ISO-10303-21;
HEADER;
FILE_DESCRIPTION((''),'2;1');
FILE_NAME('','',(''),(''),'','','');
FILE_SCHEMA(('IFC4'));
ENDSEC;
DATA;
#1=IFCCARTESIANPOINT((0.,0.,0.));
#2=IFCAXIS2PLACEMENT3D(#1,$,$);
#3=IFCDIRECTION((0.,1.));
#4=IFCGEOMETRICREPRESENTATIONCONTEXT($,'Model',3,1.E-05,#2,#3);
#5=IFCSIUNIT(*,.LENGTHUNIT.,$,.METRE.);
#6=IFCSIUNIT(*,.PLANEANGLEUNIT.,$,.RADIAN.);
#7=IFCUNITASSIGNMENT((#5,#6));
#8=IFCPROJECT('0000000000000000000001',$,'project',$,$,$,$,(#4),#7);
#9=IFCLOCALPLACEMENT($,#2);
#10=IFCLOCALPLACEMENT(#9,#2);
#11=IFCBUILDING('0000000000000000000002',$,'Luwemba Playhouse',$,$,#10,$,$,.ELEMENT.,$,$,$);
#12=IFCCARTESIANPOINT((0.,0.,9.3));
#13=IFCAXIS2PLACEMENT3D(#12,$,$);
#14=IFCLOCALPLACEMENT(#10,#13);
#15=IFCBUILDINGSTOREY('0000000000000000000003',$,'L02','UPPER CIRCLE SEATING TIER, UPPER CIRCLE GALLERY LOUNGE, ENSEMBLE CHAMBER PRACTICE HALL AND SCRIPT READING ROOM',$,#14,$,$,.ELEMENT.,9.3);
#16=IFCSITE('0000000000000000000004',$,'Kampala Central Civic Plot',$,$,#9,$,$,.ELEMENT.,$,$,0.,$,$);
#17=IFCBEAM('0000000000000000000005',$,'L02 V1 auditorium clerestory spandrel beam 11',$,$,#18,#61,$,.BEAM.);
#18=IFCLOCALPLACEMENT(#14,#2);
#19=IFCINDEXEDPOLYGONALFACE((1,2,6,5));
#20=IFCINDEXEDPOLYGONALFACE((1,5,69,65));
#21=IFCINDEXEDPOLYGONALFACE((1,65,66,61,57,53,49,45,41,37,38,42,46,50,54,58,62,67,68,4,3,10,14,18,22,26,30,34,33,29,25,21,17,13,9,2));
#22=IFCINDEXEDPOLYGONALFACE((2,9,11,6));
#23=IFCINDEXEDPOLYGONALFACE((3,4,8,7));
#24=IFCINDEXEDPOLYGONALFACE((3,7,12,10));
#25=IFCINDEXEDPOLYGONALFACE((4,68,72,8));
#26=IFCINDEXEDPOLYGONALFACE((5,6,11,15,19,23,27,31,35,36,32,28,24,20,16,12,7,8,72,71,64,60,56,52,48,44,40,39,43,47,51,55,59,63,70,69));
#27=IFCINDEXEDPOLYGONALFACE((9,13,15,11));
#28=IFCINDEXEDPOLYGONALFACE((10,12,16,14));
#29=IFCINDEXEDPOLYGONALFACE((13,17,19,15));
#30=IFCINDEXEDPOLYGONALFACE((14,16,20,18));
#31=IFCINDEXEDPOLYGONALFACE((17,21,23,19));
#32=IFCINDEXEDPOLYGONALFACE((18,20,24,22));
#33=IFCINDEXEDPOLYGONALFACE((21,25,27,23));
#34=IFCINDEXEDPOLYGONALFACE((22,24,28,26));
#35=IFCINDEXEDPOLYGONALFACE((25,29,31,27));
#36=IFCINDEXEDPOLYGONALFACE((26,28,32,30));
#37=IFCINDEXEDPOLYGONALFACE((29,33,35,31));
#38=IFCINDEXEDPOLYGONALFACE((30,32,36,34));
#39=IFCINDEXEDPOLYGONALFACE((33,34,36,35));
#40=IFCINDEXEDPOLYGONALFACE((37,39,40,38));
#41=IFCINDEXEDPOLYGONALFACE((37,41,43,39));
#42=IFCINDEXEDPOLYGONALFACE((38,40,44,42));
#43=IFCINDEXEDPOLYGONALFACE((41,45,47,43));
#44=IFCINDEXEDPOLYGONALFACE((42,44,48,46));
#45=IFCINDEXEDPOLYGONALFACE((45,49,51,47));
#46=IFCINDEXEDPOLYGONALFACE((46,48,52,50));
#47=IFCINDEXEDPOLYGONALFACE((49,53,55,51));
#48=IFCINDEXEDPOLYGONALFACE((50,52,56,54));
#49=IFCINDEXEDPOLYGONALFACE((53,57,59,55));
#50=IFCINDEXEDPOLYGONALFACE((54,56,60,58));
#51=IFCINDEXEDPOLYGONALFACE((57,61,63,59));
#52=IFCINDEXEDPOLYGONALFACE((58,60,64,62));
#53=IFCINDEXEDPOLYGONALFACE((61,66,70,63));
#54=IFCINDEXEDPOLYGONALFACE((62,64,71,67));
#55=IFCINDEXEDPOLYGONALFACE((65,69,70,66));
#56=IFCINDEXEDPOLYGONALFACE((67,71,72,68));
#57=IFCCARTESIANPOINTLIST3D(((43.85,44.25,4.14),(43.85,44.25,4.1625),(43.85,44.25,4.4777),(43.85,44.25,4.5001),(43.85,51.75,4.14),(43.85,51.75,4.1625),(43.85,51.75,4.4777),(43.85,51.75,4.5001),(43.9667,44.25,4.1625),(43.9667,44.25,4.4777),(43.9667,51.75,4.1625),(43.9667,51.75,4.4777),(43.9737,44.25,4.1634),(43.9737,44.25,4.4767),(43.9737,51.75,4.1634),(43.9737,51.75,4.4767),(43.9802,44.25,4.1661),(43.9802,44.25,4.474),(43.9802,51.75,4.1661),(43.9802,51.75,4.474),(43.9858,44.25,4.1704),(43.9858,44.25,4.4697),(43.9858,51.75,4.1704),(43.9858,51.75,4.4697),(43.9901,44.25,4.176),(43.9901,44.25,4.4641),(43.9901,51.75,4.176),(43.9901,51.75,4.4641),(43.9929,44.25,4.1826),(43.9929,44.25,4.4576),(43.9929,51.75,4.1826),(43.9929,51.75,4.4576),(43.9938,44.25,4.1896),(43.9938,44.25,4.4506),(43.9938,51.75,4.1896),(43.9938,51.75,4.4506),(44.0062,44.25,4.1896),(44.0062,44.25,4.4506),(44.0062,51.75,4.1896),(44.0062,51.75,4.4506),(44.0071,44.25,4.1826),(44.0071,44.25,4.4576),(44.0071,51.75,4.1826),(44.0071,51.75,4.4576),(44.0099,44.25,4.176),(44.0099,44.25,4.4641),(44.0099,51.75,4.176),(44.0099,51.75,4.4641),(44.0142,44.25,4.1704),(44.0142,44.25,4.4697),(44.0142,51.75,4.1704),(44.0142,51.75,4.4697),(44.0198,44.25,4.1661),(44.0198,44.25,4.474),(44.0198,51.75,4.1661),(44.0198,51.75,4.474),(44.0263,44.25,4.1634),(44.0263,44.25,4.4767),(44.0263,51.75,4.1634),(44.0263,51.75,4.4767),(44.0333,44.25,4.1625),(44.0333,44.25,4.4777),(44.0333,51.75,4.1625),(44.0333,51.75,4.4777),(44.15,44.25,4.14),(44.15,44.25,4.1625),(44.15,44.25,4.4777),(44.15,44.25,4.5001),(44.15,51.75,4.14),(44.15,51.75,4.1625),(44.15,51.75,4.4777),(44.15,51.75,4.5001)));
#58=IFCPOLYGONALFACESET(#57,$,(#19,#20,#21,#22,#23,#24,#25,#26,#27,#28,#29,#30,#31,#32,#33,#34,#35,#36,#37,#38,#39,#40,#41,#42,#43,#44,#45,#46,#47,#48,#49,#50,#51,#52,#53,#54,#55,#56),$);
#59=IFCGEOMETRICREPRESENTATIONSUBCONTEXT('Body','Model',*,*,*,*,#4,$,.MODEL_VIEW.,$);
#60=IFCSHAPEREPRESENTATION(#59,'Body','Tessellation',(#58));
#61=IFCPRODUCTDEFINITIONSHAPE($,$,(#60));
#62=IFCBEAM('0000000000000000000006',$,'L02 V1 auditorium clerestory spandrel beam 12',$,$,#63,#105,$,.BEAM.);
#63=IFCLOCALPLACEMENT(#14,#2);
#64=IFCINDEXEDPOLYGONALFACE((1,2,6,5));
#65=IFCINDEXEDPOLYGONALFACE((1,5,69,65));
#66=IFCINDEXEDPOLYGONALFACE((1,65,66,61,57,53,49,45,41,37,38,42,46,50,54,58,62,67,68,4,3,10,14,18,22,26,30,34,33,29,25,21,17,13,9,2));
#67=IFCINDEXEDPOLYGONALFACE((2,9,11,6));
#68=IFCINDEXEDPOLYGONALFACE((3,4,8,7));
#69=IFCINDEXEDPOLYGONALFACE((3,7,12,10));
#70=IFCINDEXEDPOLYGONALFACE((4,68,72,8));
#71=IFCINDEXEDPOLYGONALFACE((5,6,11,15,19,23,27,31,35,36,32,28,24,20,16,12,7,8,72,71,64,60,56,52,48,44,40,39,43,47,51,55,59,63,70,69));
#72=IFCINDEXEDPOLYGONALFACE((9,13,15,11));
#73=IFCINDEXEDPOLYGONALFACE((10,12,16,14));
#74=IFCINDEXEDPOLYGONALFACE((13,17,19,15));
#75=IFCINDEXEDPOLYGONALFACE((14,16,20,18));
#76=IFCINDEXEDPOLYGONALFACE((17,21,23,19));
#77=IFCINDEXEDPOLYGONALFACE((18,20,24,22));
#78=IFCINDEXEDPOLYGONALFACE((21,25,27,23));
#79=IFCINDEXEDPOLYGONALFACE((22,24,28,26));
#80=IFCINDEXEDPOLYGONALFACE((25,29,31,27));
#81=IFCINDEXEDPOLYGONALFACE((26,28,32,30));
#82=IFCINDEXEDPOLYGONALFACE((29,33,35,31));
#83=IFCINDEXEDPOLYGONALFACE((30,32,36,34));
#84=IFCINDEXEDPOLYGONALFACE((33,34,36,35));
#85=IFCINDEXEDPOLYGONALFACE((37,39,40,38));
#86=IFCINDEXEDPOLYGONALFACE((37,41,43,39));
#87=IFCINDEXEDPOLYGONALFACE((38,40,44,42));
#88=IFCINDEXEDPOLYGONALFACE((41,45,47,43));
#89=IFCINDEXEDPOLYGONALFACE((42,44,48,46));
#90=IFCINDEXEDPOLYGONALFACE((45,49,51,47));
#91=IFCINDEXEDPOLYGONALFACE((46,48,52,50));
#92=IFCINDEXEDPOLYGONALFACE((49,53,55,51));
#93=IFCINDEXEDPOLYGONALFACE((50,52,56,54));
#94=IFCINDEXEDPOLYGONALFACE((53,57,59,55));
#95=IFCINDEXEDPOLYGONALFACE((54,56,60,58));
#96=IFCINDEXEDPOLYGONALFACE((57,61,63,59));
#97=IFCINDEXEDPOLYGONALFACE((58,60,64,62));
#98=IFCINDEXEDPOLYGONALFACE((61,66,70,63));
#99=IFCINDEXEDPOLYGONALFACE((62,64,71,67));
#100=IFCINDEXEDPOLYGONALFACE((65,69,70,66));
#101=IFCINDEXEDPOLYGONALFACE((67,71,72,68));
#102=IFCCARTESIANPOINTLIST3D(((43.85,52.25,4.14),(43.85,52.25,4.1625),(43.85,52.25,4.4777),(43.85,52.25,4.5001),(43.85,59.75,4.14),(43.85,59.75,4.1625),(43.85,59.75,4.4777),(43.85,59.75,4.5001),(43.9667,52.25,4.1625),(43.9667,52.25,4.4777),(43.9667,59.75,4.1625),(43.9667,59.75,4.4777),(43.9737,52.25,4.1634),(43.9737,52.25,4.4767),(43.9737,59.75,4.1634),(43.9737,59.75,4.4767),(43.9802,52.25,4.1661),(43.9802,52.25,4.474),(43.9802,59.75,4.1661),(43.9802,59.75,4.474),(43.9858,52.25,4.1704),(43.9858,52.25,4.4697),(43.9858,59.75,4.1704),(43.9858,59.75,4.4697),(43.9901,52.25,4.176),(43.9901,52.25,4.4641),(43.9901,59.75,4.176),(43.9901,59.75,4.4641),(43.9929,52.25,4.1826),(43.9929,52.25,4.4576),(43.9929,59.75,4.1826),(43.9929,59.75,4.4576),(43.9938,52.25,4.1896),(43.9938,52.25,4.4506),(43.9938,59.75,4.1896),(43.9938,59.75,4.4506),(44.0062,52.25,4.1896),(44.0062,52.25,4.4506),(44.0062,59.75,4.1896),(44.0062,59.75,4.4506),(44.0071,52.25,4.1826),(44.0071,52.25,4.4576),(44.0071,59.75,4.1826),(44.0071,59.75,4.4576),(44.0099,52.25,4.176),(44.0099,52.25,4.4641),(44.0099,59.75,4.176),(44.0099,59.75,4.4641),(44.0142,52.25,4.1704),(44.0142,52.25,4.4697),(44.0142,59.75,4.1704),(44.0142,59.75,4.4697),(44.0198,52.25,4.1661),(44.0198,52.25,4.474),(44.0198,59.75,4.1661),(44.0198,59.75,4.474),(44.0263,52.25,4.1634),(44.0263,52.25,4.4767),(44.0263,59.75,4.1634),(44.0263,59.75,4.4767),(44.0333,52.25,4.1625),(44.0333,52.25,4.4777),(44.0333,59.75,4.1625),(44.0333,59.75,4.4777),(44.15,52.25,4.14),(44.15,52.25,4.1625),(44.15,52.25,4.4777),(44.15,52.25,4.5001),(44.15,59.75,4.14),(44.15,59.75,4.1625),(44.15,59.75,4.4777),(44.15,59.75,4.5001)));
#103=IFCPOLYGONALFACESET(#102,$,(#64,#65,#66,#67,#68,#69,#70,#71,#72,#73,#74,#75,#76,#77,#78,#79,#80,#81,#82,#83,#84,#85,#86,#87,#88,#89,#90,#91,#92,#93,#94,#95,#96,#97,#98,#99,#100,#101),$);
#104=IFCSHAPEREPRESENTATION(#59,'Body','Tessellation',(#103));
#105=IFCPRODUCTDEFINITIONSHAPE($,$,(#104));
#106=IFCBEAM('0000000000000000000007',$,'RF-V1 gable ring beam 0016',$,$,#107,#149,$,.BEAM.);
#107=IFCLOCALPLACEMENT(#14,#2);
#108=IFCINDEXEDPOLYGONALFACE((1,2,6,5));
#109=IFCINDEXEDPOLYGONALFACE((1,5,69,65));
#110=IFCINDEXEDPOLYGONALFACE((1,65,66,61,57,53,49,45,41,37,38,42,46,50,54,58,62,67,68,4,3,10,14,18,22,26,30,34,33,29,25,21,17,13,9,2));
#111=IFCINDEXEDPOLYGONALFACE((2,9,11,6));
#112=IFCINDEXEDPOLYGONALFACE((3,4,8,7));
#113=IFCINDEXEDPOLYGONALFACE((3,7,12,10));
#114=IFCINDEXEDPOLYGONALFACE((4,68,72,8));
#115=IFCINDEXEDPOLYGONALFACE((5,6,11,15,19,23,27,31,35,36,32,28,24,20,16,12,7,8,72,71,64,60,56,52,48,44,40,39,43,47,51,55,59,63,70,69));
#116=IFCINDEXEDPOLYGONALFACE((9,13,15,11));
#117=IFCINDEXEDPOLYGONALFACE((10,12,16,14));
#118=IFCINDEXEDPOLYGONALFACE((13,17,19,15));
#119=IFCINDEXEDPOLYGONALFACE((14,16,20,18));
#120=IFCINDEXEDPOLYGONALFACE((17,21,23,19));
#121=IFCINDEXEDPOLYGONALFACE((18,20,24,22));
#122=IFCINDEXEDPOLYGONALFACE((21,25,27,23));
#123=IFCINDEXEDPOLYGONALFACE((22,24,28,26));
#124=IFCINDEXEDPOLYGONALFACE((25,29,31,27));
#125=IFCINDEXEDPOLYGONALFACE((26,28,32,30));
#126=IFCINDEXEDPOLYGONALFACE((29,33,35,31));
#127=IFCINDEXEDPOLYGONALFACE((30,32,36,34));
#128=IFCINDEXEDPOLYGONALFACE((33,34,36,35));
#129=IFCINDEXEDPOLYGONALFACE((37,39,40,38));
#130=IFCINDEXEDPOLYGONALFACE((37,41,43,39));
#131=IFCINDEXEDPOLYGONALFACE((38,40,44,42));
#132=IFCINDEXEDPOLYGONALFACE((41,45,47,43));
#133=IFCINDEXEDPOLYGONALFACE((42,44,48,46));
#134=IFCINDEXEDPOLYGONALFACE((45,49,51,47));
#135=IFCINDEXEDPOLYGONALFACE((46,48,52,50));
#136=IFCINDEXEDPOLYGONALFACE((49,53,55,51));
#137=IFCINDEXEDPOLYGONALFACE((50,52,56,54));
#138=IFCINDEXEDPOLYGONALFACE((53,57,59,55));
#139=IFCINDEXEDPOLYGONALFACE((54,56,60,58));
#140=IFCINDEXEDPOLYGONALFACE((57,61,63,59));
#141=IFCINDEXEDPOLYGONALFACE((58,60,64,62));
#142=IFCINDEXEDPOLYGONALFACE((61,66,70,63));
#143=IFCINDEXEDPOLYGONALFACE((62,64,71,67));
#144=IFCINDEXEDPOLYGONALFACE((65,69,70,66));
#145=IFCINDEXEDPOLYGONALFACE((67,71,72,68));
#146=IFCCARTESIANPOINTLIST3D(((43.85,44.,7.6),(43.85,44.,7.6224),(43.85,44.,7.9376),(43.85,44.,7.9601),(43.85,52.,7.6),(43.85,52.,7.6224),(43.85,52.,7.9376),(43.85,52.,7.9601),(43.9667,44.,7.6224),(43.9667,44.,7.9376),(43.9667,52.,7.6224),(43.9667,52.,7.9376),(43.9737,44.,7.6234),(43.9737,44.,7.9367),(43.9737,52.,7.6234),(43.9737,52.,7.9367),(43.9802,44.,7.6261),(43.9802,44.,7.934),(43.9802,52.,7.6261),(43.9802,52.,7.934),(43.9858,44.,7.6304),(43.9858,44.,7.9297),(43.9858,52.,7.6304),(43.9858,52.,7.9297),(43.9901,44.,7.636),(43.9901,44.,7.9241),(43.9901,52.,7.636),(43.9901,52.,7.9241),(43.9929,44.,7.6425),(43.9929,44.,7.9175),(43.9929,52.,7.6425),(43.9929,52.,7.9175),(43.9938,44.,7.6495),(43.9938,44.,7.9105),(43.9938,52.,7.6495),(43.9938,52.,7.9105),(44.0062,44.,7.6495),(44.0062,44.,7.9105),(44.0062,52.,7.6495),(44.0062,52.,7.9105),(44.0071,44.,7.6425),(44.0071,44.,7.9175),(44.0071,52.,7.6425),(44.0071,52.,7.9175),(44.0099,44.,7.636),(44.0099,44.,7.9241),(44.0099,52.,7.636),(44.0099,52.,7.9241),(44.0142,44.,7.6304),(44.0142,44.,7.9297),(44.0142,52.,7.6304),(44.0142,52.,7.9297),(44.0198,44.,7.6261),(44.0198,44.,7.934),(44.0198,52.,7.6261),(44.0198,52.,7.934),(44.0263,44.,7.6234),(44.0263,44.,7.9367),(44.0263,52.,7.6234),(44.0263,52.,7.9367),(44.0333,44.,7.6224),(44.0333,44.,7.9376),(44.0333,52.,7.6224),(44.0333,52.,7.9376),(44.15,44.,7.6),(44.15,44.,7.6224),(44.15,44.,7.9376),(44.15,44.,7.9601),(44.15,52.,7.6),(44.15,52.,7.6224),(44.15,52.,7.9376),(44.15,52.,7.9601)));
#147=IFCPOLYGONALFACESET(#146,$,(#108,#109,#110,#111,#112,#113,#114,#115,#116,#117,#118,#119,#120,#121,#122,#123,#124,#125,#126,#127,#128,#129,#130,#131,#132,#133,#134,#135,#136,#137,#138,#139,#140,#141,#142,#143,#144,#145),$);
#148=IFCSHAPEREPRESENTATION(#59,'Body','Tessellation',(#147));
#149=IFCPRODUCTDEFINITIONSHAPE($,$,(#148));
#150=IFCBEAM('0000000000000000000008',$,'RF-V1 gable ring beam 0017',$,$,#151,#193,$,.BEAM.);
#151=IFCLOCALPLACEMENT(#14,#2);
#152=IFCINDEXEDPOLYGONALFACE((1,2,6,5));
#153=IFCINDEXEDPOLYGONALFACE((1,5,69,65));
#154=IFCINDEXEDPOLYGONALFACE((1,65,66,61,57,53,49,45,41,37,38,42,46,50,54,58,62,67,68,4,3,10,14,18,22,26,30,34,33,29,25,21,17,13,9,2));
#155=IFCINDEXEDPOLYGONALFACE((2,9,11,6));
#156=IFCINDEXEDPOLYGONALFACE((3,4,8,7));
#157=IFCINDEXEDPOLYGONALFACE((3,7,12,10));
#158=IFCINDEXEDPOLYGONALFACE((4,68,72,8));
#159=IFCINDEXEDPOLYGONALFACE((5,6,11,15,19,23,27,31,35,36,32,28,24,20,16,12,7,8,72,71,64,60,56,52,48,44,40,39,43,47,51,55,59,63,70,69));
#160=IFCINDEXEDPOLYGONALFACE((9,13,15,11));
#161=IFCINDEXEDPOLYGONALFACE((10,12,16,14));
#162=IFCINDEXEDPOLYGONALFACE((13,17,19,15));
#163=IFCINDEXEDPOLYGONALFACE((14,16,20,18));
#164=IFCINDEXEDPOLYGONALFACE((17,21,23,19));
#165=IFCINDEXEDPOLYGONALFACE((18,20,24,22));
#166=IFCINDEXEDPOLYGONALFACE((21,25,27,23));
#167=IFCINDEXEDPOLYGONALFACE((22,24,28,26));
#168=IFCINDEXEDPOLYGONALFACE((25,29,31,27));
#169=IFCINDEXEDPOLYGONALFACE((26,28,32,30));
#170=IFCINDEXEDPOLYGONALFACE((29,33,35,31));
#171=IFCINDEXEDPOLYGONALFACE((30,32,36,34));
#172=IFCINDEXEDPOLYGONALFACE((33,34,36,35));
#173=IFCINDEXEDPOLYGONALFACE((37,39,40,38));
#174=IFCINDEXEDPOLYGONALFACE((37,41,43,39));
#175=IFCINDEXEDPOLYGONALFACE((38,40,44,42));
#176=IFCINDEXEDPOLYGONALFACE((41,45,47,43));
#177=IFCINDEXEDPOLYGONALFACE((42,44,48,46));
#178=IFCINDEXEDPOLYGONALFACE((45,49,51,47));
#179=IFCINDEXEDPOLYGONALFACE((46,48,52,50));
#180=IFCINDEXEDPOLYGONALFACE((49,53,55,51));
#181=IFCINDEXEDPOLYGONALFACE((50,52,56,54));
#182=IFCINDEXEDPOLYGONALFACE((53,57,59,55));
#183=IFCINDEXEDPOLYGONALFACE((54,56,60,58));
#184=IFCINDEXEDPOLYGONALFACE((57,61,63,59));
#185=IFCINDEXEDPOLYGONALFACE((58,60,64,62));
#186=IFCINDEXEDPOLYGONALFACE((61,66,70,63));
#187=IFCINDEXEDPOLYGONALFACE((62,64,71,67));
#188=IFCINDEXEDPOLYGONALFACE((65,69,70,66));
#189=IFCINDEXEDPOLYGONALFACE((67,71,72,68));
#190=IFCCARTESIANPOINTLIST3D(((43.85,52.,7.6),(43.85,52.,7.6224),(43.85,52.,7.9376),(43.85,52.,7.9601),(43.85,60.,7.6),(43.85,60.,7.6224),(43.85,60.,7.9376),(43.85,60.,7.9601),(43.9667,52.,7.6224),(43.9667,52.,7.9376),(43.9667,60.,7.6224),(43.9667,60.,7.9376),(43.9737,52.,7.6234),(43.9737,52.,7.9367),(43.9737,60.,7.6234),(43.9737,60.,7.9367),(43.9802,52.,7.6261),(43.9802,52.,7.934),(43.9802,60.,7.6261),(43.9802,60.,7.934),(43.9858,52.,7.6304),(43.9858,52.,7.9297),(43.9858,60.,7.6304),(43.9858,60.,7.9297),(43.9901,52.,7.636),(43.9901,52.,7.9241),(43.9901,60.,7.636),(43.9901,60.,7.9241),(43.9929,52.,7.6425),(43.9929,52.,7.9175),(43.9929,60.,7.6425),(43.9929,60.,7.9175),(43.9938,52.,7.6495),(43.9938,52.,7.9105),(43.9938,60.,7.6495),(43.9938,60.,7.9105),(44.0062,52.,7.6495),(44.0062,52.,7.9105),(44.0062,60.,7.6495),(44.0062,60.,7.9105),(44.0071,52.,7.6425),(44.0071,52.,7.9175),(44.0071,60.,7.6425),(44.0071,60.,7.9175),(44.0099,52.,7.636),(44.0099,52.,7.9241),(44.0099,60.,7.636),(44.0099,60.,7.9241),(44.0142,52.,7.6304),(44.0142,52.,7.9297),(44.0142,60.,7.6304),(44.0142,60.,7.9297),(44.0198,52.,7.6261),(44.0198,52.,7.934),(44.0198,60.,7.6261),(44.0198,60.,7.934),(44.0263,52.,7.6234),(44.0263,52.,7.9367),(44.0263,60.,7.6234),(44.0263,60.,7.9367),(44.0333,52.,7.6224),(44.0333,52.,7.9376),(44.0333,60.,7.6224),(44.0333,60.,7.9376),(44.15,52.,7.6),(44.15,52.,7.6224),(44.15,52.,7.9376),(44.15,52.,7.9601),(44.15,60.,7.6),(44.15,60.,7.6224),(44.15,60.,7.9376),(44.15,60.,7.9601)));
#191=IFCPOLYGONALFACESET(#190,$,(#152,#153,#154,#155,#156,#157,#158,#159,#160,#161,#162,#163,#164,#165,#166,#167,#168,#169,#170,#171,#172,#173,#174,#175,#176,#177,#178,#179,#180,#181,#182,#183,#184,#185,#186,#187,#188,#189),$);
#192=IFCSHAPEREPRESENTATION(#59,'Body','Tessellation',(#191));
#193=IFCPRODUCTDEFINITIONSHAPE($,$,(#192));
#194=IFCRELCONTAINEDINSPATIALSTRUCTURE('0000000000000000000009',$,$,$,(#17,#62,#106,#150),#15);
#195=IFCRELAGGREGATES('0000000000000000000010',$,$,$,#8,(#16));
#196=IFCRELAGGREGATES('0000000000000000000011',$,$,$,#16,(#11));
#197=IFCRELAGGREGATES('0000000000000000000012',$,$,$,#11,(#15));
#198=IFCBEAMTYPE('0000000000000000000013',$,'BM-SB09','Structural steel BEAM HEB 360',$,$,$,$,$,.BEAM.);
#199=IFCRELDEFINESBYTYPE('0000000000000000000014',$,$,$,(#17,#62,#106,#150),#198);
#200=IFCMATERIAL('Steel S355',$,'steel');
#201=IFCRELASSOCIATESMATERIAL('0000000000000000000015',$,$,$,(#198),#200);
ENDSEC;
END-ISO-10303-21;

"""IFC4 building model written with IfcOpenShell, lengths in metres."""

from ifc_helpers import new_model, si_unit, direction, frame, origin, origin_2d, place, context, subcontext, project, spatial, i_section, extrude, material, material_profile, profile_set, type_object, element, save


model = new_model("IFC4")

# Units and contexts
model_context = context("Model", 3, precision=1e-05, world=origin(), true_north=direction((0.0, 1.0)))
body_context = subcontext(model_context, "Body", "Model", "MODEL_VIEW")
ifc_project = project(units=[si_unit("LENGTHUNIT", "METRE"), si_unit("PLANEANGLEUNIT", "RADIAN")], contexts=[model_context])

# Site, building, storey
site_placement = place(None, origin())
site = spatial("IfcSite", under=ifc_project, at=site_placement, Name="Kampala Central Civic Plot", CompositionType="ELEMENT", RefElevation=0.0)
building_placement = place(site_placement, origin())
building = spatial("IfcBuilding", under=site, at=building_placement, Name="Luwemba Playhouse", CompositionType="ELEMENT")
storey_placement = place(building_placement, frame((0.0, 0.0, 9.3)))
storey = spatial("IfcBuildingStorey", under=building, at=storey_placement, Name="L02", Description="UPPER CIRCLE SEATING TIER, UPPER CIRCLE GALLERY LOUNGE, ENSEMBLE CHAMBER PRACTICE HALL AND SCRIPT READING ROOM", CompositionType="ELEMENT", Elevation=9.3)

# Shared definitions
ifc_material_1 = material(Name="Steel S355", Category="steel")

# Beams
ifc_material_profile_1 = material_profile(ifc_material_1, i_section(OverallWidth=0.3, OverallDepth=0.3601, WebThickness=0.0125, FlangeThickness=0.0225, FilletRadius=0.0271, at=origin_2d()))
ifc_profile_set_1 = profile_set([ifc_material_profile_1], Name="Steel S355")
beam_type_1 = type_object("IfcBeamType", Name="BM-SB09", Description="Structural steel BEAM HEB 360", PredefinedType="BEAM", material=ifc_profile_set_1)
for number, where, z_axis, x_axis, name in (
    (1, (44.0, 44.25, 4.3201), (0.0, 1.0, 0.0), (-1.0, 0.0, 0.0), "L02 V1 auditorium clerestory spandrel beam 11"),
    (2, (44.0, 52.25, 4.3201), (0.0, 1.0, 0.0), (-1.0, 0.0, 0.0), "L02 V1 auditorium clerestory spandrel beam 12"),
):
    element("IfcBeam", number, at=place(storey_placement, frame(where, z_axis=z_axis, x_axis=x_axis)), inside=storey, type_object=beam_type_1, Name=name, PredefinedType="BEAM", context=body_context, shape_type="SweptSolid", body=[
        extrude(i_section(OverallWidth=0.3, OverallDepth=0.3601, WebThickness=0.0125, FlangeThickness=0.0225, FilletRadius=0.0271, at=origin_2d()), origin(), (0.0, 0.0, 1.0), 7.5),
    ])
for number, where, z_axis, x_axis, name in (
    (3, (44.0, 44.0, 7.78), (0.0, 1.0, 0.0), (-1.0, 0.0, 0.0), "RF-V1 gable ring beam 0016"),
    (4, (44.0, 52.0, 7.78), (0.0, 1.0, 0.0), (-1.0, 0.0, 0.0), "RF-V1 gable ring beam 0017"),
):
    element("IfcBeam", number, at=place(storey_placement, frame(where, z_axis=z_axis, x_axis=x_axis)), inside=storey, type_object=beam_type_1, Name=name, PredefinedType="BEAM", context=body_context, shape_type="SweptSolid", body=[
        extrude(i_section(OverallWidth=0.3, OverallDepth=0.3601, WebThickness=0.0125, FlangeThickness=0.0225, FilletRadius=0.0271, at=origin_2d()), origin(), (0.0, 0.0, 1.0), 8.0),
    ])

save(model, "model.ifc")
